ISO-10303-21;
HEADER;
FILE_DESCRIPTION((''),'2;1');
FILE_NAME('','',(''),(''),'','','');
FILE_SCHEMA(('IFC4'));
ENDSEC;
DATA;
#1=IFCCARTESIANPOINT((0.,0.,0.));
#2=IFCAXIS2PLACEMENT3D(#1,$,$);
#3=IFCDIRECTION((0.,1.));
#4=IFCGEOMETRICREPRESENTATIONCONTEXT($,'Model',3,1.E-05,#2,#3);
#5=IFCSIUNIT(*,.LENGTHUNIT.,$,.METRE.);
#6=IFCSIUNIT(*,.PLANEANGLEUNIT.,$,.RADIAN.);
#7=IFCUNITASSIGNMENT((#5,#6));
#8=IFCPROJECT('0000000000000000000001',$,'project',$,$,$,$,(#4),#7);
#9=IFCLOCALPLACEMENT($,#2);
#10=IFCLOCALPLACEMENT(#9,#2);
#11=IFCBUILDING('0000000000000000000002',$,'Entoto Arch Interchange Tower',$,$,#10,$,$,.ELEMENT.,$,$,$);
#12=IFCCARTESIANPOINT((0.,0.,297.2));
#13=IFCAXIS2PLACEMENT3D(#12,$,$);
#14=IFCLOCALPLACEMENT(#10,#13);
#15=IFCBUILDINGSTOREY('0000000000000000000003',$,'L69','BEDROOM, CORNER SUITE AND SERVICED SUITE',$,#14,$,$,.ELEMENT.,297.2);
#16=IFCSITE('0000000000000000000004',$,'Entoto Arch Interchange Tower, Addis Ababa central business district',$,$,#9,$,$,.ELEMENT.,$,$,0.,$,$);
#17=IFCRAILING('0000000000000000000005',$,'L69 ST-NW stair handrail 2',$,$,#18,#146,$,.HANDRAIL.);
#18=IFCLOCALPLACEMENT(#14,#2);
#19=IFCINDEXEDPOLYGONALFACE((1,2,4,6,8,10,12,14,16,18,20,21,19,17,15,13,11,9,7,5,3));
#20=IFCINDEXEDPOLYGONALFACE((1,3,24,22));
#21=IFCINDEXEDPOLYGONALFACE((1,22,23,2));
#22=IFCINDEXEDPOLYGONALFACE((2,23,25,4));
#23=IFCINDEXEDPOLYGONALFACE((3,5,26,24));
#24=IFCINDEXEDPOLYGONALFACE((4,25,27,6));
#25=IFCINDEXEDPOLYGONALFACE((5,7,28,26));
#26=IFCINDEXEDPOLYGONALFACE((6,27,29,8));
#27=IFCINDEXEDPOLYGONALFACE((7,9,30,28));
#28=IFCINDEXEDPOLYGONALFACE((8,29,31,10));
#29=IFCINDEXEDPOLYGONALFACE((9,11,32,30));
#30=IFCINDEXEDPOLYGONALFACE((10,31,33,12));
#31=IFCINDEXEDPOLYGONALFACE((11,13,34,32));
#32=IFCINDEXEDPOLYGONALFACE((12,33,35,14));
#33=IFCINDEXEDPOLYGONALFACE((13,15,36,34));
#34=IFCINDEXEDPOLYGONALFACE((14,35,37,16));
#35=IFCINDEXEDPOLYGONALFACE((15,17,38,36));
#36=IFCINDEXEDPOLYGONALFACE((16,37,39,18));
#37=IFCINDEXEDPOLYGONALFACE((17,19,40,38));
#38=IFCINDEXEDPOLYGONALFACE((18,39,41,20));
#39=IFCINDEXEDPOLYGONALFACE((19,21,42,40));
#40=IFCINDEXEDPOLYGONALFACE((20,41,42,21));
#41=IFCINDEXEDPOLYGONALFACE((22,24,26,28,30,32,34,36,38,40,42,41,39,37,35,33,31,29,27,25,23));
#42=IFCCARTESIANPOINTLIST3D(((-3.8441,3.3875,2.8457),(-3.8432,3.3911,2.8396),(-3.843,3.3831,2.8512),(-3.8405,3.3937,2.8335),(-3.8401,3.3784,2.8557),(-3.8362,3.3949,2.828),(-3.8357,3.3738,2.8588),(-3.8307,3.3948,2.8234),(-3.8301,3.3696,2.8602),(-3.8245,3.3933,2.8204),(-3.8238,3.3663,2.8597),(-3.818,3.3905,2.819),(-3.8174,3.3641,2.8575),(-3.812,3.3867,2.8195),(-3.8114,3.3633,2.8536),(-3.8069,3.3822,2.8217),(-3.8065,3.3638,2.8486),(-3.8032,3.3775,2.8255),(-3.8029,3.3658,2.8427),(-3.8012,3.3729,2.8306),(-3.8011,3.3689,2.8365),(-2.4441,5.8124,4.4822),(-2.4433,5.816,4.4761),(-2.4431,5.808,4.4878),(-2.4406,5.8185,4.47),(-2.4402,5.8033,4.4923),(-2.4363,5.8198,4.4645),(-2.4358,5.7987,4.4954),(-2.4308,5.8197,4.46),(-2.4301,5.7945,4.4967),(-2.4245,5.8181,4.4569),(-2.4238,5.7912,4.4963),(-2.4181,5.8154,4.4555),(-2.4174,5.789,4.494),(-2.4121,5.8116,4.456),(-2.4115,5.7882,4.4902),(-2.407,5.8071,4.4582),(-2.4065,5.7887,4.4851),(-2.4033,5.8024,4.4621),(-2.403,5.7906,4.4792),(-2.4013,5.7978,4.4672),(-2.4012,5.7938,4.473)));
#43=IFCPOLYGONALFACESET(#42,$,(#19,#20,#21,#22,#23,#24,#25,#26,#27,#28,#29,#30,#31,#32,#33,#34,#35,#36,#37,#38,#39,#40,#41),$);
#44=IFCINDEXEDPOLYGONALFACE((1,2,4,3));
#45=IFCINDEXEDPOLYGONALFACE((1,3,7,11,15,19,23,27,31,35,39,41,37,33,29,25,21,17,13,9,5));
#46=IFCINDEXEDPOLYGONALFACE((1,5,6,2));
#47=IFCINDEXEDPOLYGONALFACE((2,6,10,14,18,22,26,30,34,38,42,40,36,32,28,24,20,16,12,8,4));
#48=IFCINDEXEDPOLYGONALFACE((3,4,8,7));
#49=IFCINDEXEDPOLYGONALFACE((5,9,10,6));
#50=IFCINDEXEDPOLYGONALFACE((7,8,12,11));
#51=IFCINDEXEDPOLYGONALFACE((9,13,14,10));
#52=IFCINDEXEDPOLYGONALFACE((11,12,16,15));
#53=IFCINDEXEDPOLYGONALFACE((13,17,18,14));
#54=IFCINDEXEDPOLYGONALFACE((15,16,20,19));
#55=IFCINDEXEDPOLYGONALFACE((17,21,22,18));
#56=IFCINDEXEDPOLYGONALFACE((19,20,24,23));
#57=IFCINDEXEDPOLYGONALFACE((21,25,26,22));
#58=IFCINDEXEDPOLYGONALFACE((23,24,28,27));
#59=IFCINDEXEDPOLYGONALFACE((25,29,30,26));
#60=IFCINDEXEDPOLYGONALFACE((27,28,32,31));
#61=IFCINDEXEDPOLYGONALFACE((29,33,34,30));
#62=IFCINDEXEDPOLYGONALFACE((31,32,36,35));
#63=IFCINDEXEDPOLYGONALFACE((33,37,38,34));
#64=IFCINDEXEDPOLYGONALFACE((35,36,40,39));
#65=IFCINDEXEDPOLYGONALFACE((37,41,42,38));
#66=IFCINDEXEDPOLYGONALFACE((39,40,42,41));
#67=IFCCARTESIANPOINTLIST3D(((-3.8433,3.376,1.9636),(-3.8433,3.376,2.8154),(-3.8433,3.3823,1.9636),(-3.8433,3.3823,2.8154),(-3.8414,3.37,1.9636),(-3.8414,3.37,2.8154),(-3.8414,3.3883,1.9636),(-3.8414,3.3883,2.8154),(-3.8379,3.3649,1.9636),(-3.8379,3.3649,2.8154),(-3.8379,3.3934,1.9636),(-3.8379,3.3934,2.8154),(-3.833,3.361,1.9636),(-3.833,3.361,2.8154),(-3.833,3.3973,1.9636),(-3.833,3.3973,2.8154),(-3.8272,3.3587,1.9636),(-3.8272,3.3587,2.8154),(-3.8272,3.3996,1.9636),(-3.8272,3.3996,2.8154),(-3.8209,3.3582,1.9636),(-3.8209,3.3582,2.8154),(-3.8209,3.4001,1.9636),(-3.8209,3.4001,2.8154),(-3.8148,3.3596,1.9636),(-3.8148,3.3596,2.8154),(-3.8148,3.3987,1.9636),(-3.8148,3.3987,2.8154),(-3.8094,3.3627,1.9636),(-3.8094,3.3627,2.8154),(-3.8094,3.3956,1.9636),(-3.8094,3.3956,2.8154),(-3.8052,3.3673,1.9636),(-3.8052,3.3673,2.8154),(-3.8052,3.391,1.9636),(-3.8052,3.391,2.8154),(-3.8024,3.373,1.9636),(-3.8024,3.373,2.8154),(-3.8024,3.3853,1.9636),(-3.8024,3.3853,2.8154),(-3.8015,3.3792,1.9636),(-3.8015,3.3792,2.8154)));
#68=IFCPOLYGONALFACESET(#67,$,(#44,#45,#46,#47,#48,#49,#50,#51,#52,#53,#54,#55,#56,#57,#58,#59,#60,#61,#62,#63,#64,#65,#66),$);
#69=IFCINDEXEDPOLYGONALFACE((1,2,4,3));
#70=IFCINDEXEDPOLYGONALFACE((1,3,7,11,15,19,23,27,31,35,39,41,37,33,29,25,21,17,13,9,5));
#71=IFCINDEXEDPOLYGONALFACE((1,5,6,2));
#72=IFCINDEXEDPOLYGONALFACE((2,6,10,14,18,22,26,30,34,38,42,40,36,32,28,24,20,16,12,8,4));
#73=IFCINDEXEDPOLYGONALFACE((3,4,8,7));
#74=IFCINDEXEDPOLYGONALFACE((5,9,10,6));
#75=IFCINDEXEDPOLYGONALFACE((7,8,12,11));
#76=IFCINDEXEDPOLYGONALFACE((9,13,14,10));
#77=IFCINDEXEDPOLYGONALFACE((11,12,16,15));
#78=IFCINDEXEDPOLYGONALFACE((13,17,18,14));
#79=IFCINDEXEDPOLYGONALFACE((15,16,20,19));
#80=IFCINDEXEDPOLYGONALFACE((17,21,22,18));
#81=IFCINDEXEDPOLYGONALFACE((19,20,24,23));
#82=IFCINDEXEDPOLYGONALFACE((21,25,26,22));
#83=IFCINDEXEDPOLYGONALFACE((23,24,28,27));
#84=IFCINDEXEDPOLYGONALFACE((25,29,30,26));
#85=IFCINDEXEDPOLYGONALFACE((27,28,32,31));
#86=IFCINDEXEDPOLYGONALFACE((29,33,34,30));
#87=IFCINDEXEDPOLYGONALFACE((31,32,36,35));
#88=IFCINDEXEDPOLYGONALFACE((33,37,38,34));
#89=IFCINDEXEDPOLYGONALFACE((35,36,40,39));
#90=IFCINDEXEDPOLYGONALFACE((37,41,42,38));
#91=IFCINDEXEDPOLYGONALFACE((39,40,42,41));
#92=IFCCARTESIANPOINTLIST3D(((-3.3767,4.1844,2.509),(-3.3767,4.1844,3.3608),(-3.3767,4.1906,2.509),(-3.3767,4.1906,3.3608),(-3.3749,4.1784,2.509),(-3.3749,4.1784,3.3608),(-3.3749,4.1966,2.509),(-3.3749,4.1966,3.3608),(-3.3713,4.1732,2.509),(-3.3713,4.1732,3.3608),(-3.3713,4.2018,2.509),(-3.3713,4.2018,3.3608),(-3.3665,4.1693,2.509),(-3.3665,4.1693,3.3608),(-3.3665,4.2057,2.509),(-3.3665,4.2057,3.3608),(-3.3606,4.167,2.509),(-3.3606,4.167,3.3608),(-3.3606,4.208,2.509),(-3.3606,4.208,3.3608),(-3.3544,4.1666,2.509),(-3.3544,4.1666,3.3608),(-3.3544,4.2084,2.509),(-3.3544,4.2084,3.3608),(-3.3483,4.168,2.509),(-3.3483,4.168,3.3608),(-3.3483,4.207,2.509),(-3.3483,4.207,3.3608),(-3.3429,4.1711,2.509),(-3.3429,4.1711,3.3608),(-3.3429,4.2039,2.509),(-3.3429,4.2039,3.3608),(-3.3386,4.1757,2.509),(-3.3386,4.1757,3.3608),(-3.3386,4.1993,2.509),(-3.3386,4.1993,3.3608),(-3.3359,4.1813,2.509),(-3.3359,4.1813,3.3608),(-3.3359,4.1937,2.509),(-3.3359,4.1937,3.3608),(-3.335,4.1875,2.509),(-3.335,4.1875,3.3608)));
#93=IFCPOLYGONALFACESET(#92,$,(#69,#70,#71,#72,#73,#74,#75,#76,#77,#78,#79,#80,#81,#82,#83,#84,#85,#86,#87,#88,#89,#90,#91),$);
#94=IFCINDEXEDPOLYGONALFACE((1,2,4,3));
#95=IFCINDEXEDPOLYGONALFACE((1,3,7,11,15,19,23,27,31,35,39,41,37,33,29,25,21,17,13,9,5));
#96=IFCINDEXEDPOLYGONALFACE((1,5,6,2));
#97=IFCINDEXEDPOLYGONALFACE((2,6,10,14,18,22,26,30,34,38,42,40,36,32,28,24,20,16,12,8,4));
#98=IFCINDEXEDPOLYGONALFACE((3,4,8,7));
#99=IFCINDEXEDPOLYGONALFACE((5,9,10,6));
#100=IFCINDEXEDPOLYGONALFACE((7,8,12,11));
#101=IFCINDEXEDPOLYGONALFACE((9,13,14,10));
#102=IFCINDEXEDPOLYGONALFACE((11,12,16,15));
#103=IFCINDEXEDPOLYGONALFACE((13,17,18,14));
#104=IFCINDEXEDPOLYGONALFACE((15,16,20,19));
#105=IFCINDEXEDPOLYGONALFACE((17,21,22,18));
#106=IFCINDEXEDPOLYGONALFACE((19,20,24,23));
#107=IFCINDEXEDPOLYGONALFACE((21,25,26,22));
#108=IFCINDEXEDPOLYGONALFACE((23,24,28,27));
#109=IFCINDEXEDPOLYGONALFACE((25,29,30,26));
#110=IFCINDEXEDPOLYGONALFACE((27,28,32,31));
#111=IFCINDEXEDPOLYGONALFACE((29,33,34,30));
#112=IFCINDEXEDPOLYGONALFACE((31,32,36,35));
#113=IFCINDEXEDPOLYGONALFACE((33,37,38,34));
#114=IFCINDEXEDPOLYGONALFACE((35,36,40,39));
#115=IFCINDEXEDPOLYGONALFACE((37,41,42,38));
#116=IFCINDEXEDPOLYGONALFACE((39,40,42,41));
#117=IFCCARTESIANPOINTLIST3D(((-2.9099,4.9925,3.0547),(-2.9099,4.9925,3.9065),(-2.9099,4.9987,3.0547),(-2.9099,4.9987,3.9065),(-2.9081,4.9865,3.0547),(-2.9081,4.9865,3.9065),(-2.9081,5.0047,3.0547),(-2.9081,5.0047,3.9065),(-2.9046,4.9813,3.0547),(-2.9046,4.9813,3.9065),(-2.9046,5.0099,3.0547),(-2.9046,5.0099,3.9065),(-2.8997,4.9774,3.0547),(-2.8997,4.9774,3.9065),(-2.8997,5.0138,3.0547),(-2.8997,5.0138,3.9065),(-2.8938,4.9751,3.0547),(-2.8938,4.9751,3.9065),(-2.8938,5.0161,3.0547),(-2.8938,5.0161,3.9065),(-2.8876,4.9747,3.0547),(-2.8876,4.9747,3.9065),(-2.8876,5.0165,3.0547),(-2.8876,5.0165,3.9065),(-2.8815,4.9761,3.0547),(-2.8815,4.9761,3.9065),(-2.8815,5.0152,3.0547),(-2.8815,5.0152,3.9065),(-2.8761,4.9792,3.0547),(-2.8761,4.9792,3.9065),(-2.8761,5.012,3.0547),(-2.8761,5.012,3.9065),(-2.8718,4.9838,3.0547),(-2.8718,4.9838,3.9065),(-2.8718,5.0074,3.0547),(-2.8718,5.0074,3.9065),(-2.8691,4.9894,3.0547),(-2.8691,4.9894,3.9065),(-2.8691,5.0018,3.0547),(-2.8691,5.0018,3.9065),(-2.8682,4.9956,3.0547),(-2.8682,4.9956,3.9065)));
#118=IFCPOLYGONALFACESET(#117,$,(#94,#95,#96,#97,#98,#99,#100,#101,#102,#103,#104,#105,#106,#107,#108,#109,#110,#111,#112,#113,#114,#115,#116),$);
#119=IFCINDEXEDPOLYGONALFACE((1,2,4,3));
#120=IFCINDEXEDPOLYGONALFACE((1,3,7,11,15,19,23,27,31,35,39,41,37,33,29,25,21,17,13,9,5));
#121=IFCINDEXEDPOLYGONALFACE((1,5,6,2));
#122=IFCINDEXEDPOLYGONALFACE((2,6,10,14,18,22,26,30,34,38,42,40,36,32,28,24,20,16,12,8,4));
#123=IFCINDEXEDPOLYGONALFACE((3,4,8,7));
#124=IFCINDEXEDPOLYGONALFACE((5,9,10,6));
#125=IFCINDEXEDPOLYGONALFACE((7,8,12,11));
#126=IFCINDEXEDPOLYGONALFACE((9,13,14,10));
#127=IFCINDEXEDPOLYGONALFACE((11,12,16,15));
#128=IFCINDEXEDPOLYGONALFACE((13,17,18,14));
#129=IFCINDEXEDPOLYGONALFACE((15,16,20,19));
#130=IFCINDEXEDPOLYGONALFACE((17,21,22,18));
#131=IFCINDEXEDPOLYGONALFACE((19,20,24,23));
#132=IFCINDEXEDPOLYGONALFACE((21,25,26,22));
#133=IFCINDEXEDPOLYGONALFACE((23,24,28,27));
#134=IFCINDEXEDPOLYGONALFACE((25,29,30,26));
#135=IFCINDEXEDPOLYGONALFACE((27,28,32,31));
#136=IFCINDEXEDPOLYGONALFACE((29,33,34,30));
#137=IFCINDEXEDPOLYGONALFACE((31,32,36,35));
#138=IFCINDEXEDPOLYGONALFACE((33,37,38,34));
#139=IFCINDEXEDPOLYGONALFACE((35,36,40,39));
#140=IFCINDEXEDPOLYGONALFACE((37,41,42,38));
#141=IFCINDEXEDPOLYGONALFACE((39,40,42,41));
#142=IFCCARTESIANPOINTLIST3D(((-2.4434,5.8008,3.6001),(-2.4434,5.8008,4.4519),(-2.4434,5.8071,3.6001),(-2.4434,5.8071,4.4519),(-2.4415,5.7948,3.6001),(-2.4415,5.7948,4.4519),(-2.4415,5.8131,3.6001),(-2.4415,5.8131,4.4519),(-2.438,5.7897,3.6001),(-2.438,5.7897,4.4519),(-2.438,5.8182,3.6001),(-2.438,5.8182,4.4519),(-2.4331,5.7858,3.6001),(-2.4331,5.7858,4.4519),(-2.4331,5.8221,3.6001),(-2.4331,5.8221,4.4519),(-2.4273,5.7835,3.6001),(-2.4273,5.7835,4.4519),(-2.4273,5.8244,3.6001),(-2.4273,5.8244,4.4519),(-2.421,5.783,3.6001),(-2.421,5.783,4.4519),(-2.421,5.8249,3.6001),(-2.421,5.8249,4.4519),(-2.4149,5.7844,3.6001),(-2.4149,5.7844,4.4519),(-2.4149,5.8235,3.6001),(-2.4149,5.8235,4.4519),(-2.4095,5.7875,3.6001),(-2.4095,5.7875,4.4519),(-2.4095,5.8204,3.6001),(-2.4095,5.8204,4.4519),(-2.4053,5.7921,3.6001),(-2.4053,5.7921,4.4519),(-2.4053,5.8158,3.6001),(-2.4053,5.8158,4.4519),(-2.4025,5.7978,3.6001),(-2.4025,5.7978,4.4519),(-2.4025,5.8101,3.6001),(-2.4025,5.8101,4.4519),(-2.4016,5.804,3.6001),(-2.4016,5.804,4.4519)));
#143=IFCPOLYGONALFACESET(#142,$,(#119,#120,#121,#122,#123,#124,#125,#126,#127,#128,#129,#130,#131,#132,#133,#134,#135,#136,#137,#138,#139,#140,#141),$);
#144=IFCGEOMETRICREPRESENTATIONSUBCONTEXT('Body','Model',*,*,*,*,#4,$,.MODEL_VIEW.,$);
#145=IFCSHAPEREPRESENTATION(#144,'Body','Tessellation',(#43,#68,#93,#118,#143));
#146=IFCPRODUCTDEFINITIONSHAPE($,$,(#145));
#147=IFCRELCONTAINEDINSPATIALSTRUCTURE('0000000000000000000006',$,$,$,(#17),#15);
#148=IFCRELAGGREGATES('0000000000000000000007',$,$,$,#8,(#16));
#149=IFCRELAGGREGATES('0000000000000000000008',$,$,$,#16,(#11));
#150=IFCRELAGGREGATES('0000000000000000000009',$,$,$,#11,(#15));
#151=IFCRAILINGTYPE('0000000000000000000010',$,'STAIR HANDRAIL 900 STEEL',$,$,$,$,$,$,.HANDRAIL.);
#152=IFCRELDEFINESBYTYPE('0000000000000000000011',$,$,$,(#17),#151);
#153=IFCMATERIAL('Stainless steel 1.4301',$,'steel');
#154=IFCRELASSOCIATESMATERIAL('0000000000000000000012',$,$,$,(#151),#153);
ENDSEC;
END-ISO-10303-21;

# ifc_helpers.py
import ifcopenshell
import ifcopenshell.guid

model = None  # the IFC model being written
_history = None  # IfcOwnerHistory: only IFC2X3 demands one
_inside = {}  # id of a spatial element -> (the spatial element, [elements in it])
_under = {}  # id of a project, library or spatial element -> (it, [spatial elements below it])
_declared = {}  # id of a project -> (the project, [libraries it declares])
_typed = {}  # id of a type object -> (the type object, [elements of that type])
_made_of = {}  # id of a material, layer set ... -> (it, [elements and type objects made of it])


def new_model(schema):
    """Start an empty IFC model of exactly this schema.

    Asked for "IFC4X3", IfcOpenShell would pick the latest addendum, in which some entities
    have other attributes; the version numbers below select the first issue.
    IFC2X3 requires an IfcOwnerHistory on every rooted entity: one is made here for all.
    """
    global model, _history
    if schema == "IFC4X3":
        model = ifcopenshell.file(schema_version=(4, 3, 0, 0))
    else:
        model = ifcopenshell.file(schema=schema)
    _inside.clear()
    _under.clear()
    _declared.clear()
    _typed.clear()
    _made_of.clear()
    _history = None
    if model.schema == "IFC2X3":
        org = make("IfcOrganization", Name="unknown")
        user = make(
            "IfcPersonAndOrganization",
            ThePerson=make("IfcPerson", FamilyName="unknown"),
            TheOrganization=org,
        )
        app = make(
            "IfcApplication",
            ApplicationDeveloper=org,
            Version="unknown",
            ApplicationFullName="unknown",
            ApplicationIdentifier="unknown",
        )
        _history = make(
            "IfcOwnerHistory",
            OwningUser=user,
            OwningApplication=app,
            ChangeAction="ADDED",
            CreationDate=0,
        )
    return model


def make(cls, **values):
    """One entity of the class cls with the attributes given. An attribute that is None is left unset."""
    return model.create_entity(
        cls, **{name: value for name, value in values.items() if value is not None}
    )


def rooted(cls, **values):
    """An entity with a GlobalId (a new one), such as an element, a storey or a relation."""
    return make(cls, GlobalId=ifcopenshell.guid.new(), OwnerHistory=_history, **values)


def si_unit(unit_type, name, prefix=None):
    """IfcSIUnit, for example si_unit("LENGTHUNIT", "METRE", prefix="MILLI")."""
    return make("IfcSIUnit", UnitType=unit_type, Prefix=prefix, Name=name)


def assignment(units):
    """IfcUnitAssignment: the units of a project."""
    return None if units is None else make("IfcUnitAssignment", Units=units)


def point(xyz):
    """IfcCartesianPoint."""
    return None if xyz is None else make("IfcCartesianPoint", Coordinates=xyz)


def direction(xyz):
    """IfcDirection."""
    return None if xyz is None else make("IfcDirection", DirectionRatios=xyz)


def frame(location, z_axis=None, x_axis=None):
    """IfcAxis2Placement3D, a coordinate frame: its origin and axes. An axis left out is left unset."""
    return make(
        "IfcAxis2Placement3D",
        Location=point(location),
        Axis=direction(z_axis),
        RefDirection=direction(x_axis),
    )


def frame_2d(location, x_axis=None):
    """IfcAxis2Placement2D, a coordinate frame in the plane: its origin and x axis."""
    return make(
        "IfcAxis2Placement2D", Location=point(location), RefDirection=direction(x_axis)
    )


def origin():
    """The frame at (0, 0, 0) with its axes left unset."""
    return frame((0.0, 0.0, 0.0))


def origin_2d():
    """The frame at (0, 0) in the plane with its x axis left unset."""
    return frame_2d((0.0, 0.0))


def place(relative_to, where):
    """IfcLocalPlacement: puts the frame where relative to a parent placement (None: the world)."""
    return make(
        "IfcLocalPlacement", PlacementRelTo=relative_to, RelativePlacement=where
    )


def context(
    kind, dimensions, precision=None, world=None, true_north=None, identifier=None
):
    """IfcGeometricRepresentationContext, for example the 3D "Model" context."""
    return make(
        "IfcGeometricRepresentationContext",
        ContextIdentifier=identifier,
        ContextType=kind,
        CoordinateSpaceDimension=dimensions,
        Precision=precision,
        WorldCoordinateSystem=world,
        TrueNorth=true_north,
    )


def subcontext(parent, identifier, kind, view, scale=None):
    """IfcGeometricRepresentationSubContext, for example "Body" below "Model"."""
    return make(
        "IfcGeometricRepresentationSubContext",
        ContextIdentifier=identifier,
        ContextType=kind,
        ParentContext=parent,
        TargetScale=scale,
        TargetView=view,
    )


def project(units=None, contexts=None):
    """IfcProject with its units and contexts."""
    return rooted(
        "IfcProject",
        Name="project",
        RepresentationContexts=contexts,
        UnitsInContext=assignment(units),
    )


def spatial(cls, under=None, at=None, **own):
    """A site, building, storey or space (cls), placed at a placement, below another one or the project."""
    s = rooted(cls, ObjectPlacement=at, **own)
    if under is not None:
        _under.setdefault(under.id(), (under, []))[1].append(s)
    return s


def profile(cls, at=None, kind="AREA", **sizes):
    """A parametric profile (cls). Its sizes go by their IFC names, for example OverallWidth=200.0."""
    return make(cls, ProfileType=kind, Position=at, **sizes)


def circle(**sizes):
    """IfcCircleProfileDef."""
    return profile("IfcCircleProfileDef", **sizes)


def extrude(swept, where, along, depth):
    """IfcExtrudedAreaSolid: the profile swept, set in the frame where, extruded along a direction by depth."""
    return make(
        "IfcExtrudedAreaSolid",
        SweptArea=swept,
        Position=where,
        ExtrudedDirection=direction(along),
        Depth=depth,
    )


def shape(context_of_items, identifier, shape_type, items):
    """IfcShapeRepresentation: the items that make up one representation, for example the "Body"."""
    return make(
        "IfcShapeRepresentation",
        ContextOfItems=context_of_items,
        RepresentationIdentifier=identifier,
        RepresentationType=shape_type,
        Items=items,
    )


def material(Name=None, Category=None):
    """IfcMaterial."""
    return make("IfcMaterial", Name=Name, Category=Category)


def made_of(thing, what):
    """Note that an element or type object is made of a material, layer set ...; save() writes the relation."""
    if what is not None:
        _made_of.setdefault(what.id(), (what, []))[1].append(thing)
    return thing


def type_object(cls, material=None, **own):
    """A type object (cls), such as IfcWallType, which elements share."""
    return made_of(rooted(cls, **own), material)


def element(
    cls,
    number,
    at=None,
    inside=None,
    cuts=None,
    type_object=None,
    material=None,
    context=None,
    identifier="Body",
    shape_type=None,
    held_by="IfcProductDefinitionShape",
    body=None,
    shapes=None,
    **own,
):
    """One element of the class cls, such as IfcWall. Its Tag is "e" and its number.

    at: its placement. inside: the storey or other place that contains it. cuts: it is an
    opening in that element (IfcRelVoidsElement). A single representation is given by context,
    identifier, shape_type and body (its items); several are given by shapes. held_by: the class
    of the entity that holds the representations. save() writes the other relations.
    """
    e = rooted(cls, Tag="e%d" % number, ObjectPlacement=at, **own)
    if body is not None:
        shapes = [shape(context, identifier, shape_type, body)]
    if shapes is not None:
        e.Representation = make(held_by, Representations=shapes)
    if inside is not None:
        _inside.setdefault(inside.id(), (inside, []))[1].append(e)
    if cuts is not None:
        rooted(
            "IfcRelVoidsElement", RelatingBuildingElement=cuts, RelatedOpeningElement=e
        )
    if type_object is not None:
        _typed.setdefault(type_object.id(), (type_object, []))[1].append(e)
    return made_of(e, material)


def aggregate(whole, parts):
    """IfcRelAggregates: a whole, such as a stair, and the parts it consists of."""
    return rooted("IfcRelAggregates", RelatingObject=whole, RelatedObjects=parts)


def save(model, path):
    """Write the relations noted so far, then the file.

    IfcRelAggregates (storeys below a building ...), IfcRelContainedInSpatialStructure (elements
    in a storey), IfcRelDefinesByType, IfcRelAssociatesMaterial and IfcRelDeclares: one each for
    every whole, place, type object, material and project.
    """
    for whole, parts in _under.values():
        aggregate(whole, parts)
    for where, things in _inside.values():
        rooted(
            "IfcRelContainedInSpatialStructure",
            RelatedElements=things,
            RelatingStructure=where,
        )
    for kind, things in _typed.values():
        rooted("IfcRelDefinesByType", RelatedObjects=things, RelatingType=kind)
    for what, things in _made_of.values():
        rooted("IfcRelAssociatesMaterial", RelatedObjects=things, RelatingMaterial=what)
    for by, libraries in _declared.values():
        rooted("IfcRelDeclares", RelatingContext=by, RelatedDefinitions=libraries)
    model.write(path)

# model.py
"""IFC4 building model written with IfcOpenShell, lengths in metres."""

from ifc_helpers import new_model, si_unit, direction, frame, origin, origin_2d, place, context, subcontext, project, spatial, circle, extrude, material, type_object, element, save


model = new_model("IFC4")

# Units and contexts
model_context = context("Model", 3, precision=1e-05, world=origin(), true_north=direction((0.0, 1.0)))
body_context = subcontext(model_context, "Body", "Model", "MODEL_VIEW")
ifc_project = project(units=[si_unit("LENGTHUNIT", "METRE"), si_unit("PLANEANGLEUNIT", "RADIAN")], contexts=[model_context])

# Site, building, storey
site_placement = place(None, origin())
site = spatial("IfcSite", under=ifc_project, at=site_placement, Name="Entoto Arch Interchange Tower, Addis Ababa central business district", CompositionType="ELEMENT", RefElevation=0.0)
building_placement = place(site_placement, origin())
building = spatial("IfcBuilding", under=site, at=building_placement, Name="Entoto Arch Interchange Tower", CompositionType="ELEMENT")
storey_placement = place(building_placement, frame((0.0, 0.0, 297.2)))
storey = spatial("IfcBuildingStorey", under=building, at=storey_placement, Name="L69", Description="BEDROOM, CORNER SUITE AND SERVICED SUITE", CompositionType="ELEMENT", Elevation=297.2)

# Railing
ifc_material_1 = material(Name="Stainless steel 1.4301", Category="steel")
railing_type_1 = type_object("IfcRailingType", Name="STAIR HANDRAIL 900 STEEL", PredefinedType="HANDRAIL", material=ifc_material_1)
railing_1_placement = place(storey_placement, frame((-3.8225, 3.3792, 1.9636)))
element("IfcRailing", 1, at=railing_1_placement, inside=storey, type_object=railing_type_1, Name="L69 ST-NW stair handrail 2", PredefinedType="HANDRAIL", context=body_context, shape_type="SweptSolid", body=[
    extrude(circle(Radius=0.0239, at=origin_2d()), frame((0.0, 0.0, 0.876), z_axis=(0.431661, 0.74769, 0.504608), x_axis=(-0.866035, 0.499984, 0.0)), (0.0, 0.0, 1.0), 3.2432),
    extrude(circle(Radius=0.021, at=origin_2d()), origin(), (0.0, 0.0, 1.0), 0.8518),
    extrude(circle(Radius=0.021, at=origin_2d()), frame((0.4666, 0.8083, 0.5454)), (0.0, 0.0, 1.0), 0.8518),
    extrude(circle(Radius=0.021, at=origin_2d()), frame((0.9333, 1.6165, 1.0911)), (0.0, 0.0, 1.0), 0.8518),
    extrude(circle(Radius=0.021, at=origin_2d()), frame((1.3999, 2.4248, 1.6365)), (0.0, 0.0, 1.0), 0.8518),
])

save(model, "model.ifc")
